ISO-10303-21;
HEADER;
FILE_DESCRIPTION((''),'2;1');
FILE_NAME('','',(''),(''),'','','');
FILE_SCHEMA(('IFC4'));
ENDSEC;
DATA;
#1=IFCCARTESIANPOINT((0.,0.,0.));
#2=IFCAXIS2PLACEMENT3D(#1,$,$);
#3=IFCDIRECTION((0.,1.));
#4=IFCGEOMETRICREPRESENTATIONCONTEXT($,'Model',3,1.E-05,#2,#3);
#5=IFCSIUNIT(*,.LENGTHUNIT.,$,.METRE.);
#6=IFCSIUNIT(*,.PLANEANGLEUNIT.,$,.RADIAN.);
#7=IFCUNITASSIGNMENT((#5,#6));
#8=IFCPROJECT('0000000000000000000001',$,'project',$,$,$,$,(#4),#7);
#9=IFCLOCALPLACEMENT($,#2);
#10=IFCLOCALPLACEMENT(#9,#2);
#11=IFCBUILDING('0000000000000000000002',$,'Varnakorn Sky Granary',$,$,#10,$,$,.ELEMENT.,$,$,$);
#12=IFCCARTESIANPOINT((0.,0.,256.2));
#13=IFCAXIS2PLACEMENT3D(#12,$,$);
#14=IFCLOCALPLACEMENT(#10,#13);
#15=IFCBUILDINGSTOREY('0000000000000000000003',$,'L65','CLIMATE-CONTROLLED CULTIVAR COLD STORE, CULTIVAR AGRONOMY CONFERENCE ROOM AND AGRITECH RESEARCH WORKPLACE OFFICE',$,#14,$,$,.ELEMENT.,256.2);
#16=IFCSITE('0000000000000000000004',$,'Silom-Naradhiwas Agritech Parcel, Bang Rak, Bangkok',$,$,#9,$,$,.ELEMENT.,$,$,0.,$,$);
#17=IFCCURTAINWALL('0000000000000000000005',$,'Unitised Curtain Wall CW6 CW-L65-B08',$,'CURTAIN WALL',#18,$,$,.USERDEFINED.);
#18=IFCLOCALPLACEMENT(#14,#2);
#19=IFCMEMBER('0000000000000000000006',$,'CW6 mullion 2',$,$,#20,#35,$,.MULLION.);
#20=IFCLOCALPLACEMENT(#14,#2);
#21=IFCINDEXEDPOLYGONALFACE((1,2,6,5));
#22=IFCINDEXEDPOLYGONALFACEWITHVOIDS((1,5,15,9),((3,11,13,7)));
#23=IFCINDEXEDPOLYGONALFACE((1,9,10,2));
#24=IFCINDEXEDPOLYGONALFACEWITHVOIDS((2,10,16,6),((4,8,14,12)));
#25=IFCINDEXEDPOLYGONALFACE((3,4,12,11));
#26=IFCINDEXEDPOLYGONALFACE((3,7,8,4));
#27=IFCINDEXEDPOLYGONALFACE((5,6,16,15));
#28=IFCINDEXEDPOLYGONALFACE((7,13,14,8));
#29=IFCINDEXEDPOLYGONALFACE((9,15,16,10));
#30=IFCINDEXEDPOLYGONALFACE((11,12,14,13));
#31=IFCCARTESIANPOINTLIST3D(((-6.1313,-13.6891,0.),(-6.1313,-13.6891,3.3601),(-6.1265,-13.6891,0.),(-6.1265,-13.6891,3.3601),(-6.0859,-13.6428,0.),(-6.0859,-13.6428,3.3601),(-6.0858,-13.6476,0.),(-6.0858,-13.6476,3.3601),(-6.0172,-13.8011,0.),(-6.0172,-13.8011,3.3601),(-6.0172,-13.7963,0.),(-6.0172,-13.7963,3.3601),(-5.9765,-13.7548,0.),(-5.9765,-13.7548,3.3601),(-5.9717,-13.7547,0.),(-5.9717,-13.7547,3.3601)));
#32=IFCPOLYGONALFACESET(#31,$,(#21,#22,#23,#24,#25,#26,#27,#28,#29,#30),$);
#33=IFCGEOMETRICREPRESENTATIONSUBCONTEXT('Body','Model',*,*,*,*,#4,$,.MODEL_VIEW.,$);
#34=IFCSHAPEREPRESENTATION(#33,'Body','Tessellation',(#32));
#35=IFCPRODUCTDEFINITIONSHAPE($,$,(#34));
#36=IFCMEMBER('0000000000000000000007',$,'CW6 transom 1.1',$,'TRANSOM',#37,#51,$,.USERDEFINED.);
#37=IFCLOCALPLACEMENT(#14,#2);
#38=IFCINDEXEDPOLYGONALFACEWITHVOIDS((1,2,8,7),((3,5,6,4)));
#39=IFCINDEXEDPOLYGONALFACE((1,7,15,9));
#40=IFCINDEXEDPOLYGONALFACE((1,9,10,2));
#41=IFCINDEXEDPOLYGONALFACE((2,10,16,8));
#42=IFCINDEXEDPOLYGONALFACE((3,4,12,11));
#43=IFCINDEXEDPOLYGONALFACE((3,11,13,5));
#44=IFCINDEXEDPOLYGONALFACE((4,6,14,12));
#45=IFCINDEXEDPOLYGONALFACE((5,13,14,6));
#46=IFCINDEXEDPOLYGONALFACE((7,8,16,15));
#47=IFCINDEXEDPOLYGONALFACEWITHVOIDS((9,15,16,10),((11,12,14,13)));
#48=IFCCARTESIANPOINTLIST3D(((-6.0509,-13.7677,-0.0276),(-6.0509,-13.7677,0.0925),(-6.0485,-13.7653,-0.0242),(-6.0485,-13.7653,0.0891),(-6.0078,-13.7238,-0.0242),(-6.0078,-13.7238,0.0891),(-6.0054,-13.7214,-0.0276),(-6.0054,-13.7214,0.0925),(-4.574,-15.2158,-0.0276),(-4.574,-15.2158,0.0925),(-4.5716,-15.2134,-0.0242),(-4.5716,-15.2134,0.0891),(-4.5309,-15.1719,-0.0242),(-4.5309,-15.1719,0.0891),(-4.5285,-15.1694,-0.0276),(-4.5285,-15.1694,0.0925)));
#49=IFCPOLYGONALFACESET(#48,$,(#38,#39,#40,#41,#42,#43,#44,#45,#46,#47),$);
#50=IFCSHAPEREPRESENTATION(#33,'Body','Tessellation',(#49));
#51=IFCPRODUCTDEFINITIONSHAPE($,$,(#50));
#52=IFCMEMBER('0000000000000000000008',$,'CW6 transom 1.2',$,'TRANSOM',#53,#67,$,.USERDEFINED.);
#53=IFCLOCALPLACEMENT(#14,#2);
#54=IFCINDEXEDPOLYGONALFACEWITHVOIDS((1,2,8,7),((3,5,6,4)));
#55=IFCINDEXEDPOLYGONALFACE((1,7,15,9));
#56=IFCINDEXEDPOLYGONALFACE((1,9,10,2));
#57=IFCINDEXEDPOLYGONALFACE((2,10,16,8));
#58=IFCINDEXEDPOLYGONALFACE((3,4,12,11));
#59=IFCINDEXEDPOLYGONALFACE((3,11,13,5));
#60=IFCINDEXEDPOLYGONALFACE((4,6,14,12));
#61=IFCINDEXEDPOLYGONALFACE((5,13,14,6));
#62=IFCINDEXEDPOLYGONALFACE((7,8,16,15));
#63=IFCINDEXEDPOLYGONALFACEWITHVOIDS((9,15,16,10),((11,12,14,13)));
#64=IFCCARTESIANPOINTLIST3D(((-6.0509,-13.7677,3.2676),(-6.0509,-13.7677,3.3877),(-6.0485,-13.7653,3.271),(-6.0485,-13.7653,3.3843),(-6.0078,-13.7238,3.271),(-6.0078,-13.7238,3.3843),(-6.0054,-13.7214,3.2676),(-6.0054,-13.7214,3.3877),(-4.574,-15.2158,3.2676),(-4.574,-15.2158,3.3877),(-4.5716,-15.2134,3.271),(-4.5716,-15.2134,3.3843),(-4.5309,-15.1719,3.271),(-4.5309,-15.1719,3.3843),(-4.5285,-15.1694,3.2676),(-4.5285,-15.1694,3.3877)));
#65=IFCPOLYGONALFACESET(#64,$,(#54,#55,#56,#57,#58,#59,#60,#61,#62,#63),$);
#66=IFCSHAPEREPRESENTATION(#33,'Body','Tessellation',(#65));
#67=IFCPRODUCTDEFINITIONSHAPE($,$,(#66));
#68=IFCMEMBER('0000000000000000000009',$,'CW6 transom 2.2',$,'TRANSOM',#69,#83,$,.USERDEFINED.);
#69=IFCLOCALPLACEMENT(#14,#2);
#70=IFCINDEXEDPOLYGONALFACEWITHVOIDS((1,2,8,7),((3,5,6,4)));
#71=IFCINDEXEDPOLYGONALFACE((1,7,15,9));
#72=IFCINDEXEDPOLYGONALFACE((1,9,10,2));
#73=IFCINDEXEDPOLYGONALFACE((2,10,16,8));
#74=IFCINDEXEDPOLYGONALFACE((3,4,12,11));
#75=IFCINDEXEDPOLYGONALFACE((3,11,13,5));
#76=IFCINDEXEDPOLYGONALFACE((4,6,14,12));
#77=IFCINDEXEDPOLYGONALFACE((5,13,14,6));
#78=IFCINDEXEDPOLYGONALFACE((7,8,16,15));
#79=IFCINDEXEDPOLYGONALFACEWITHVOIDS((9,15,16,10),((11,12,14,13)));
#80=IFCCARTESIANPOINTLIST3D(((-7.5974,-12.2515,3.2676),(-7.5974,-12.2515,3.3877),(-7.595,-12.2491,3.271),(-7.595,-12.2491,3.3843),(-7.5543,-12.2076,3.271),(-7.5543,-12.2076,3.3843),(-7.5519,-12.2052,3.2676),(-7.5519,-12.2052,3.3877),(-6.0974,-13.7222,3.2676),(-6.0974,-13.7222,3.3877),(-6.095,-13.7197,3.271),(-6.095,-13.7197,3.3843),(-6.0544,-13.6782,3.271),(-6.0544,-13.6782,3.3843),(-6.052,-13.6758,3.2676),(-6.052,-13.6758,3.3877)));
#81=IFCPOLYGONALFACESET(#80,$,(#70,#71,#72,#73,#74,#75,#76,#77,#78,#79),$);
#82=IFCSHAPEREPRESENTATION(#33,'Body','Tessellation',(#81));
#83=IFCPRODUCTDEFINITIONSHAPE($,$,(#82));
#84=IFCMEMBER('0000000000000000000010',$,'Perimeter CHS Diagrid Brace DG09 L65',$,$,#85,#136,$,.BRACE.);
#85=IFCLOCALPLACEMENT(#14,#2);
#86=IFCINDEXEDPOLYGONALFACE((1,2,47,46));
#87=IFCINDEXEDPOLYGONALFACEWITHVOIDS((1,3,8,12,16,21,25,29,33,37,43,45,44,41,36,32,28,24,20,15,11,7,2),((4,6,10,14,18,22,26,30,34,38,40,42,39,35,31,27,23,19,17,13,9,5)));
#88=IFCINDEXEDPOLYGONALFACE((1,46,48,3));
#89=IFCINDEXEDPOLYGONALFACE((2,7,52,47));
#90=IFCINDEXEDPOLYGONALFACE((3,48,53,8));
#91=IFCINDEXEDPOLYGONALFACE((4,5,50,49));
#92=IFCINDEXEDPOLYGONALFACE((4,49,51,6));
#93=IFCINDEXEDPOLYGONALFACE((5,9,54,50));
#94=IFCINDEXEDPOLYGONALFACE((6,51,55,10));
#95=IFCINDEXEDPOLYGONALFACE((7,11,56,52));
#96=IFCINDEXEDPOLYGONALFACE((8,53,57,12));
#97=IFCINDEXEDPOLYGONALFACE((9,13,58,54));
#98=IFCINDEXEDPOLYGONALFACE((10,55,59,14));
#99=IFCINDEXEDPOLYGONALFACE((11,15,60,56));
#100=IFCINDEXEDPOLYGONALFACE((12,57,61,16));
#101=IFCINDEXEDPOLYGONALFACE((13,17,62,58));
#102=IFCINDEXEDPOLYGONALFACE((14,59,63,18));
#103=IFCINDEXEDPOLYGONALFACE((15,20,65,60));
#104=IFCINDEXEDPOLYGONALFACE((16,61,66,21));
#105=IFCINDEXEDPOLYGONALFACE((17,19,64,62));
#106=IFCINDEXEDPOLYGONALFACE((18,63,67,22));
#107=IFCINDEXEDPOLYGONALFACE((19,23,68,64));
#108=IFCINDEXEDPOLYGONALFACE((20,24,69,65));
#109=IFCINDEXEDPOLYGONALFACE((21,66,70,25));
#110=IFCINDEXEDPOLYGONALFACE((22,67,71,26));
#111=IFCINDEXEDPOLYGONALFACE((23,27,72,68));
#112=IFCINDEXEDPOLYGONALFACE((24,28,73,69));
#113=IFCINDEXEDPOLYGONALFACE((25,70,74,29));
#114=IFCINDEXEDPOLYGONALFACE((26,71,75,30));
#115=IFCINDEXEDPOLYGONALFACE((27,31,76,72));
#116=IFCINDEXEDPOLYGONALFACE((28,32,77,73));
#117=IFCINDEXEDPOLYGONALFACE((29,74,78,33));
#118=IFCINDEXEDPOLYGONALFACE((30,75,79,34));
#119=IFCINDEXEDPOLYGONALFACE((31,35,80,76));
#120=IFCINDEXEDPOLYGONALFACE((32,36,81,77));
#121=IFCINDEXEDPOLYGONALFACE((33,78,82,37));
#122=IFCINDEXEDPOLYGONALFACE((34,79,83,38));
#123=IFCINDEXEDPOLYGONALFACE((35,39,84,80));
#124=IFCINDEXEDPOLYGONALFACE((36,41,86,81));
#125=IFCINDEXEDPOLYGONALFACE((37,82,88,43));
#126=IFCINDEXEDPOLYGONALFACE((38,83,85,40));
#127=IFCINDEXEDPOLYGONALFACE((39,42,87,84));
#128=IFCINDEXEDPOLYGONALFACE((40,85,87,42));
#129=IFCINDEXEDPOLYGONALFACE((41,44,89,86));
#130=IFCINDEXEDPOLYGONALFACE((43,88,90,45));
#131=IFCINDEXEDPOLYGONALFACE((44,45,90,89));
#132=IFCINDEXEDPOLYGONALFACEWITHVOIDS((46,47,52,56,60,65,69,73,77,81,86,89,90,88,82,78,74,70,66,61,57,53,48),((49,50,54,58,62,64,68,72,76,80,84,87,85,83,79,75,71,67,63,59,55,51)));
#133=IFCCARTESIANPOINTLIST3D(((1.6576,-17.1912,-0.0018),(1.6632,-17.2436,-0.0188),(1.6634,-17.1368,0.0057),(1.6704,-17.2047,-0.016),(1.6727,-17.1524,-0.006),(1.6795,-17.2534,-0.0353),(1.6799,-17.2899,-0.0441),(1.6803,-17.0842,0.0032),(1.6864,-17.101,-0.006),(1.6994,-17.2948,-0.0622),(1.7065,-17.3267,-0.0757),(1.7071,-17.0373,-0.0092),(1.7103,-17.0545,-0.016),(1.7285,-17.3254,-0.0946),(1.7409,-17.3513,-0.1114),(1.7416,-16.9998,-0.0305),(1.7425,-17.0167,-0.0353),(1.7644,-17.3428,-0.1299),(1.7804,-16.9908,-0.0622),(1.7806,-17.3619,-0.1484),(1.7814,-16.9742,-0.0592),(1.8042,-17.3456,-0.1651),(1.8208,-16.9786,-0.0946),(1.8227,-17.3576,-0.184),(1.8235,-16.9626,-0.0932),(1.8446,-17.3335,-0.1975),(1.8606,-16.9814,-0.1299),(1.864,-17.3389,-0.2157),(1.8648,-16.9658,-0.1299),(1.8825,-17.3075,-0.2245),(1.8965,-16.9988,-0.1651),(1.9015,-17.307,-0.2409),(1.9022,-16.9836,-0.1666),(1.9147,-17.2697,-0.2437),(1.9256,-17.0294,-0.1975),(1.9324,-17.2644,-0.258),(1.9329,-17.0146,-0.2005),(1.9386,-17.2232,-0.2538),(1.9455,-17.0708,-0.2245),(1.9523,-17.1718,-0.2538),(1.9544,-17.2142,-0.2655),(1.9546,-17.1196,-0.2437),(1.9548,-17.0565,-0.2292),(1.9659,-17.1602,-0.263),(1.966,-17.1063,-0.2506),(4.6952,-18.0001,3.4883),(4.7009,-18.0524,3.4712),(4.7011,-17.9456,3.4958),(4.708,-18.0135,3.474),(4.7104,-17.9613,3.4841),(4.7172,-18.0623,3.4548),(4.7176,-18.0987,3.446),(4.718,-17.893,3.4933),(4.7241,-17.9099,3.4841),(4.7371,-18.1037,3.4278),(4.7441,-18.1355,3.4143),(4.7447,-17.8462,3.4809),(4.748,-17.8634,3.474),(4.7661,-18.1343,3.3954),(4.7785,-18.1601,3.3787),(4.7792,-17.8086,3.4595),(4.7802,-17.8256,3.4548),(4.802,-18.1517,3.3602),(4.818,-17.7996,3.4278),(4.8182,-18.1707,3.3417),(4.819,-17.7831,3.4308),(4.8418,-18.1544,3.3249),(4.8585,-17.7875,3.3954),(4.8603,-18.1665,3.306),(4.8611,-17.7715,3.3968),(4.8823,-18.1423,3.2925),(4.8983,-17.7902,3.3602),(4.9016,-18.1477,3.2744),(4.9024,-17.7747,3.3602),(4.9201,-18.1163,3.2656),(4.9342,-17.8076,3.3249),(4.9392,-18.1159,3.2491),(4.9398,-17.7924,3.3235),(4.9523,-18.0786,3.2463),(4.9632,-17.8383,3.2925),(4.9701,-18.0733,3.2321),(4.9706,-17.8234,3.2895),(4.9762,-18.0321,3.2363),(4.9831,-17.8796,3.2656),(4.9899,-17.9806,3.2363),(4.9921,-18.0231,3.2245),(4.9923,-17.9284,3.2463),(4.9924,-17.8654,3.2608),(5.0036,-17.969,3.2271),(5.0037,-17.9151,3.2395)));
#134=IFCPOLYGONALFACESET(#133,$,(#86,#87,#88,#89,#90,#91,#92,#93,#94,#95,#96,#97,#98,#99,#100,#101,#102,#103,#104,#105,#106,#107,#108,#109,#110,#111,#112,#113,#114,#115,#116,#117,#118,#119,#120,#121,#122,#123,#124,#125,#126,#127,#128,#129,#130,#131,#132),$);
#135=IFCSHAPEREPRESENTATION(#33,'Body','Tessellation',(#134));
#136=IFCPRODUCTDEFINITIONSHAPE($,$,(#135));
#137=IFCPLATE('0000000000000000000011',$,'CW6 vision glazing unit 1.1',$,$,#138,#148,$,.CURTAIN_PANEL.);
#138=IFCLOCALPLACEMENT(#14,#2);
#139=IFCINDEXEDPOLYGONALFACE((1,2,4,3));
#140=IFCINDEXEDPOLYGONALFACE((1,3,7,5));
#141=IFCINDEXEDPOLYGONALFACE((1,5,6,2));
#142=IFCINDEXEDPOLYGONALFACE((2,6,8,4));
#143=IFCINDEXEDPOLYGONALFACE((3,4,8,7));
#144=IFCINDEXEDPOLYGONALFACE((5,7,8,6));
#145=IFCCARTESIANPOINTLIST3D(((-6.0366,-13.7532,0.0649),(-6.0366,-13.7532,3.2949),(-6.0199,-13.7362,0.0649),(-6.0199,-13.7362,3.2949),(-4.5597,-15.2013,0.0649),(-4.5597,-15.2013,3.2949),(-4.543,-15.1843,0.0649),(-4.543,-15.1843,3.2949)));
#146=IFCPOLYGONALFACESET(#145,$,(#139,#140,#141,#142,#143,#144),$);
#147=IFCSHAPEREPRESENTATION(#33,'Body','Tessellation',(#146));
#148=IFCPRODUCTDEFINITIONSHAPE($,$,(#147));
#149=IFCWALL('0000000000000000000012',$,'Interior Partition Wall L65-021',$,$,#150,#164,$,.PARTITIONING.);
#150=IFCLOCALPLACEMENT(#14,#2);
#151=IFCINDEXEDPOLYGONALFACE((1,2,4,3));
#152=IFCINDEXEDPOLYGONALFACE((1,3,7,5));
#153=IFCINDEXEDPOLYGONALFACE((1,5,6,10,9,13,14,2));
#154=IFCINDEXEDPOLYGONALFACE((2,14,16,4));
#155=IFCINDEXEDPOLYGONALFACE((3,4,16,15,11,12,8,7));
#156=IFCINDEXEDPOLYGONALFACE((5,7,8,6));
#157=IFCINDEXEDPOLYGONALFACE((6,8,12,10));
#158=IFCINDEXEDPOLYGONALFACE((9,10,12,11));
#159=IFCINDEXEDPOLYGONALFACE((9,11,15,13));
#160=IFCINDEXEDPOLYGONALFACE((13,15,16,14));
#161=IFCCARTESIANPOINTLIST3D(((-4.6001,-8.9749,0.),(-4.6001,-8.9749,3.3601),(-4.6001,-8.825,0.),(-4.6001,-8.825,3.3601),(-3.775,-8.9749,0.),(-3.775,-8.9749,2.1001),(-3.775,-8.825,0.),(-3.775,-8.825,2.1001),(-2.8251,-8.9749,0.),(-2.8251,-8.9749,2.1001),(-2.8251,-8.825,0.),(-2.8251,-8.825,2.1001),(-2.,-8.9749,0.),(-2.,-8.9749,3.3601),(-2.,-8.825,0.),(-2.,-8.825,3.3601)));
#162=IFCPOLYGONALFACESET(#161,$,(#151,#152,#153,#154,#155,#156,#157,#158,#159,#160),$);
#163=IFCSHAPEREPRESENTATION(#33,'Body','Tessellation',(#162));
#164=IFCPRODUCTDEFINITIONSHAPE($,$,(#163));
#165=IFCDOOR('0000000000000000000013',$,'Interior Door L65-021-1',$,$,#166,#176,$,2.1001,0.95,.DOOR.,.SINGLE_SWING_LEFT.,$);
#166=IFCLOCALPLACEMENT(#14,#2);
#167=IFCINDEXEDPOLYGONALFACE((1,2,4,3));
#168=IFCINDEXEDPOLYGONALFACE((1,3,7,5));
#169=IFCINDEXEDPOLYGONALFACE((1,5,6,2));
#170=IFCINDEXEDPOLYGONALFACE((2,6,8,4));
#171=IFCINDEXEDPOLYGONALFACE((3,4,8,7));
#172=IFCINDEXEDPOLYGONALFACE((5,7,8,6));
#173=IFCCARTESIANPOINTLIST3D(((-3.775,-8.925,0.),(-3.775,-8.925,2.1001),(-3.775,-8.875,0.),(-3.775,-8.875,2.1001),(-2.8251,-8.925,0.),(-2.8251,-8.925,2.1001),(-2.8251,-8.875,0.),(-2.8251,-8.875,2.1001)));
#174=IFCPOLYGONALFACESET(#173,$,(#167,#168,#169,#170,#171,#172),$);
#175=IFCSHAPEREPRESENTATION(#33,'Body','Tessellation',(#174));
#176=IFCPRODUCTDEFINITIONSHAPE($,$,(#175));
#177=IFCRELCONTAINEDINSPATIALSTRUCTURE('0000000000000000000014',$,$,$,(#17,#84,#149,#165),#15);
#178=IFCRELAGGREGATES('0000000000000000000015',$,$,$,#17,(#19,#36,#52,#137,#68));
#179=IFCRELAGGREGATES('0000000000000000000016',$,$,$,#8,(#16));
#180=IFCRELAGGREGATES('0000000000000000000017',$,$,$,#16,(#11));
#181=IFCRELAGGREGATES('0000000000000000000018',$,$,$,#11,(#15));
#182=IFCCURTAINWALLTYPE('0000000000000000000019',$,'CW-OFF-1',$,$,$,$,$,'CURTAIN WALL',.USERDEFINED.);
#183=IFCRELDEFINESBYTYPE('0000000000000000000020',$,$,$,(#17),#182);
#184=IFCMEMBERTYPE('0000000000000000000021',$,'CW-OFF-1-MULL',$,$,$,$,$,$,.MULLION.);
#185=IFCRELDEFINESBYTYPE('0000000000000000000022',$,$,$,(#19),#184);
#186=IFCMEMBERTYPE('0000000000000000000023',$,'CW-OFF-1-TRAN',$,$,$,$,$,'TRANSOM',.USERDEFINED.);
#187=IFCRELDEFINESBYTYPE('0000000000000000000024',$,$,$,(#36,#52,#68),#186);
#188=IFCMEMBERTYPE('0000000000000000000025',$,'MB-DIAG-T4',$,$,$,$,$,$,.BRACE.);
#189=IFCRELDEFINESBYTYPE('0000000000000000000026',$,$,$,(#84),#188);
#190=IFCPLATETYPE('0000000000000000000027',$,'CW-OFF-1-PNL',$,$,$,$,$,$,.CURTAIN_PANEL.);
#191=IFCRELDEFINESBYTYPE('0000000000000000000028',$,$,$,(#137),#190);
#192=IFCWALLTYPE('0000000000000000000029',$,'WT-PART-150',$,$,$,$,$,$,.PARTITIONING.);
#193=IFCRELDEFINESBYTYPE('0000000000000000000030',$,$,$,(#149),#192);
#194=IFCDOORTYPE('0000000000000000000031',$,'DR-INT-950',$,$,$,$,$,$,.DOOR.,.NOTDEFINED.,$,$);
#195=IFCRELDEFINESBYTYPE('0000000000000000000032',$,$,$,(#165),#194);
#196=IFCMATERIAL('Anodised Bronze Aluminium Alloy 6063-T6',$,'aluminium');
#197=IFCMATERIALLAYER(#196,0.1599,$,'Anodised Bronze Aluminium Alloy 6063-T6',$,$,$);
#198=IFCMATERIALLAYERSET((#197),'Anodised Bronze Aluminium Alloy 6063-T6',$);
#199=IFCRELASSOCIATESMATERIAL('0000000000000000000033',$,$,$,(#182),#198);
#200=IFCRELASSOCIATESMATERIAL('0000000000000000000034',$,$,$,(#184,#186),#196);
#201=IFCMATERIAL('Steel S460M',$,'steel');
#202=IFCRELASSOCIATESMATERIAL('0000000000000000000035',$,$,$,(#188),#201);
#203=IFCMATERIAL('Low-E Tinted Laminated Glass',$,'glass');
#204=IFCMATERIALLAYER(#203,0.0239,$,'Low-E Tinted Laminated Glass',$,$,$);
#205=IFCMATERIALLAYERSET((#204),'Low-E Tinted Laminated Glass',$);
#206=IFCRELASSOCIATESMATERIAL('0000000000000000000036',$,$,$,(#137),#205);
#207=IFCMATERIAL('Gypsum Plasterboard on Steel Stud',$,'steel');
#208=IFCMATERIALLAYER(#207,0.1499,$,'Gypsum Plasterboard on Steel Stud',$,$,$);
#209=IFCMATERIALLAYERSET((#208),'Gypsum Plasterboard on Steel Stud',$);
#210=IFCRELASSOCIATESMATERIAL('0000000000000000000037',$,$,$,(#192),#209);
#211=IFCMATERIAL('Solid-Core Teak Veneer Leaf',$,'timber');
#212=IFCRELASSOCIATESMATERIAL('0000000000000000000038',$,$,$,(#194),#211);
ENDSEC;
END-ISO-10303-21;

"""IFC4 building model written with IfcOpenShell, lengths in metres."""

from ifc_helpers import new_model, si_unit, direction, frame, frame_2d, origin, origin_2d, place, context, subcontext, project, spatial, rectangle, hollow_rectangle, hollow_circle, extrude, source, transform, mapped, material, layer, layer_set, material_profile, profile_set, type_object, type_shapes, element, fill, aggregate, save


model = new_model("IFC4")

# Units and contexts
model_context = context("Model", 3, precision=1e-05, world=origin(), true_north=direction((0.0, 1.0)))
body_context = subcontext(model_context, "Body", "Model", "MODEL_VIEW")
ifc_project = project(units=[si_unit("LENGTHUNIT", "METRE"), si_unit("PLANEANGLEUNIT", "RADIAN")], contexts=[model_context])

# Site, building, storey
site_placement = place(None, origin())
site = spatial("IfcSite", under=ifc_project, at=site_placement, Name="Silom-Naradhiwas Agritech Parcel, Bang Rak, Bangkok", CompositionType="ELEMENT", RefElevation=0.0)
building_placement = place(site_placement, origin())
building = spatial("IfcBuilding", under=site, at=building_placement, Name="Varnakorn Sky Granary", CompositionType="ELEMENT")
storey_placement = place(building_placement, frame((0.0, 0.0, 256.2)))
storey = spatial("IfcBuildingStorey", under=building, at=storey_placement, Name="L65", Description="CLIMATE-CONTROLLED CULTIVAR COLD STORE, CULTIVAR AGRONOMY CONFERENCE ROOM AND AGRITECH RESEARCH WORKPLACE OFFICE", CompositionType="ELEMENT", Elevation=256.2)

# Shared definitions
ifc_material_1 = material(Name="Steel S460M", Category="steel")

# Curtain wall, members
ifc_material_2 = material(Name="Anodised Bronze Aluminium Alloy 6063-T6", Category="aluminium")
ifc_layer_1 = layer(ifc_material_2, 0.1599, Name="Anodised Bronze Aluminium Alloy 6063-T6")
ifc_layer_set_1 = layer_set([ifc_layer_1], Name="Anodised Bronze Aluminium Alloy 6063-T6")
curtain_wall_type = type_object("IfcCurtainWallType", Name="CW-OFF-1", ElementType="CURTAIN WALL", PredefinedType="USERDEFINED", material=ifc_layer_set_1)
curtain_wall_placement = place(storey_placement, origin())
curtain_wall = element("IfcCurtainWall", 1, at=curtain_wall_placement, inside=storey, type_object=curtain_wall_type, Name="Unitised Curtain Wall CW6 CW-L65-B08", ObjectType="CURTAIN WALL", PredefinedType="USERDEFINED")
ifc_material_profile_1 = material_profile(ifc_material_2, hollow_rectangle(XDim=0.0649, YDim=0.1599, WallThickness=0.0034, at=origin_2d()), Name="ALU MULL 65x160")
ifc_profile_set_1 = profile_set([ifc_material_profile_1], Name="Anodised Bronze Aluminium Alloy 6063-T6")
member_type_1 = type_object("IfcMemberType", Name="CW-OFF-1-MULL", PredefinedType="MULLION", material=ifc_profile_set_1)
member_1_placement = place(storey_placement, frame((-6.0515, -13.7219, 0.0), z_axis=(0.0, 0.0, 1.0), x_axis=(-0.700118, -0.714027, 0.0)))
member_1 = element("IfcMember", 2, at=member_1_placement, type_object=member_type_1, Name="CW6 mullion 2", PredefinedType="MULLION", context=body_context, shape_type="SweptSolid", body=[
    extrude(hollow_rectangle(XDim=0.0649, YDim=0.1599, WallThickness=0.0034, at=origin_2d()), origin(), (0.0, 0.0, 1.0), 3.3601),
])
ifc_material_profile_2 = material_profile(ifc_material_2, hollow_rectangle(XDim=0.0649, YDim=0.1201, WallThickness=0.0034, at=origin_2d()), Name="ALU TRAN 65x120")
ifc_profile_set_2 = profile_set([ifc_material_profile_2], Name="Anodised Bronze Aluminium Alloy 6063-T6")
member_type_2 = type_object("IfcMemberType", Name="CW-OFF-1-TRAN", ElementType="TRANSOM", PredefinedType="USERDEFINED", material=ifc_profile_set_2)
member_2_placement = place(storey_placement, frame((-4.5513, -15.1926, 0.0325), z_axis=(-0.714037, 0.700108, 0.0), x_axis=(-0.700108, -0.714037, 0.0)))
member_2 = element("IfcMember", 3, at=member_2_placement, type_object=member_type_2, Name="CW6 transom 1.1", ObjectType="TRANSOM", PredefinedType="USERDEFINED", context=body_context, shape_type="SweptSolid", body=[
    extrude(hollow_rectangle(XDim=0.0649, YDim=0.1201, WallThickness=0.0034, at=origin_2d()), origin(), (0.0, 0.0, 1.0), 2.0684),
])
member_3_placement = place(storey_placement, frame((-4.5513, -15.1926, 3.3276), z_axis=(-0.714037, 0.700108, 0.0), x_axis=(-0.700108, -0.714037, 0.0)))
member_3 = element("IfcMember", 4, at=member_3_placement, type_object=member_type_2, Name="CW6 transom 1.2", ObjectType="TRANSOM", PredefinedType="USERDEFINED", context=body_context, shape_type="SweptSolid", body=[
    extrude(hollow_rectangle(XDim=0.0649, YDim=0.1201, WallThickness=0.0034, at=origin_2d()), origin(), (0.0, 0.0, 1.0), 2.0684),
])
member_4_placement = place(storey_placement, frame((-6.0747, -13.699, 3.3276), z_axis=(-0.714045, 0.700099, 0.0), x_axis=(-0.700099, -0.714045, 0.0)))
member_4 = element("IfcMember", 5, at=member_4_placement, type_object=member_type_2, Name="CW6 transom 2.2", ObjectType="TRANSOM", PredefinedType="USERDEFINED", context=body_context, shape_type="SweptSolid", body=[
    extrude(hollow_rectangle(XDim=0.0649, YDim=0.1201, WallThickness=0.0034, at=origin_2d()), origin(), (0.0, 0.0, 1.0), 2.1006),
])

# Member
ifc_material_profile_3 = material_profile(ifc_material_1, hollow_circle(Radius=0.2031, WallThickness=0.0161, at=origin_2d()), Name="CHS 406.4x16")
ifc_profile_set_3 = profile_set([ifc_material_profile_3], Name="Steel S460M")
member_type_3 = type_object("IfcMemberType", Name="MB-DIAG-T4", PredefinedType="BRACE", material=ifc_profile_set_3)
member_5_placement = place(storey_placement, frame((1.8125, -17.1621, -0.1299), z_axis=(0.646718, -0.172205, 0.743035), x_axis=(0.25731, 0.966329, 0.0)))
element("IfcMember", 6, at=member_5_placement, inside=storey, type_object=member_type_3, Name="Perimeter CHS Diagrid Brace DG09 L65", PredefinedType="BRACE", context=body_context, shape_type="SweptSolid", body=[
    extrude(hollow_circle(Radius=0.2031, WallThickness=0.0161, at=origin_2d()), origin(), (0.0, 0.0, 1.0), 4.697),
])

# Plate
ifc_material_3 = material(Name="Low-E Tinted Laminated Glass", Category="glass")
ifc_layer_2 = layer(ifc_material_3, 0.0239, Name="Low-E Tinted Laminated Glass")
ifc_layer_set_2 = layer_set([ifc_layer_2], Name="Low-E Tinted Laminated Glass")
plate_type = type_object("IfcPlateType", Name="CW-OFF-1-PNL", PredefinedType="CURTAIN_PANEL")
shared_shape_1 = source(origin(), body_context, "Body", "SweptSolid", [
    extrude(rectangle(XDim=2.0684, YDim=0.0239, at=origin_2d()), origin(), (0.0, 0.0, 1.0), 3.23),
])
type_shapes(plate_type, [shared_shape_1])
plate_placement = place(storey_placement, frame((-5.2898, -14.4688, 0.0649), z_axis=(0.0, 0.0, 1.0), x_axis=(-0.714027, 0.700118, 0.0)))
plate = element("IfcPlate", 7, at=plate_placement, type_object=plate_type, material=ifc_layer_set_2, Name="CW6 vision glazing unit 1.1", PredefinedType="CURTAIN_PANEL", context=body_context, shape_type="MappedRepresentation", body=[
    mapped(shared_shape_1, transform((0.0, 0.0, 0.0), x_axis=(1.0, 0.0, 0.0), y_axis=(0.0, 1.0, 0.0), z_axis=(0.0, 0.0, 1.0), scale=1.0)),
])
aggregate(curtain_wall, [member_1, member_2, member_3, plate, member_4])

# Wall, opening, door
ifc_material_4 = material(Name="Gypsum Plasterboard on Steel Stud", Category="steel")
ifc_layer_3 = layer(ifc_material_4, 0.1499, Name="Gypsum Plasterboard on Steel Stud")
ifc_layer_set_3 = layer_set([ifc_layer_3], Name="Gypsum Plasterboard on Steel Stud")
wall_type = type_object("IfcWallType", Name="WT-PART-150", PredefinedType="PARTITIONING", material=ifc_layer_set_3)
wall_1_placement = place(storey_placement, frame((-4.6001, -8.8999, 0.0), z_axis=(0.0, 0.0, 1.0), x_axis=(1.0, 0.0, 0.0)))
wall_1 = element("IfcWall", 8, at=wall_1_placement, inside=storey, type_object=wall_type, Name="Interior Partition Wall L65-021", PredefinedType="PARTITIONING", context=body_context, shape_type="SweptSolid", body=[
    extrude(rectangle(XDim=2.6001, YDim=0.1499, at=frame_2d((1.3, 0.0))), origin(), (0.0, 0.0, 1.0), 3.3601),
])
opening_1_placement = place(wall_1_placement, frame((0.825, 0.0, 0.0)))
opening_1 = element("IfcOpeningElement", 9, at=opening_1_placement, cuts=wall_1, PredefinedType="OPENING", context=body_context, shape_type="SweptSolid", body=[
    extrude(rectangle(XDim=0.95, YDim=2.1001, at=frame_2d((0.4751, 1.05))), frame((0.0, 0.085, 0.0), z_axis=(0.0, -1.0, 0.0), x_axis=(1.0, 0.0, 0.0)), (0.0, 0.0, 1.0), 0.1699),
])
ifc_material_5 = material(Name="Solid-Core Teak Veneer Leaf", Category="timber")
door_type = type_object("IfcDoorType", Name="DR-INT-950", OperationType="NOTDEFINED", PredefinedType="DOOR", material=ifc_material_5)
door_1_placement = place(opening_1_placement, origin())
door_1 = element("IfcDoor", 10, at=door_1_placement, inside=storey, type_object=door_type, Name="Interior Door L65-021-1", OperationType="SINGLE_SWING_LEFT", OverallHeight=2.1001, OverallWidth=0.95, PredefinedType="DOOR", context=body_context, shape_type="SweptSolid", body=[
    extrude(rectangle(XDim=0.95, YDim=2.1001, at=frame_2d((0.4751, 1.05))), frame((0.0, 0.0249, 0.0), z_axis=(0.0, -1.0, 0.0), x_axis=(1.0, 0.0, 0.0)), (0.0, 0.0, 1.0), 0.05),
])
fill(opening_1, door_1)

save(model, "model.ifc")
